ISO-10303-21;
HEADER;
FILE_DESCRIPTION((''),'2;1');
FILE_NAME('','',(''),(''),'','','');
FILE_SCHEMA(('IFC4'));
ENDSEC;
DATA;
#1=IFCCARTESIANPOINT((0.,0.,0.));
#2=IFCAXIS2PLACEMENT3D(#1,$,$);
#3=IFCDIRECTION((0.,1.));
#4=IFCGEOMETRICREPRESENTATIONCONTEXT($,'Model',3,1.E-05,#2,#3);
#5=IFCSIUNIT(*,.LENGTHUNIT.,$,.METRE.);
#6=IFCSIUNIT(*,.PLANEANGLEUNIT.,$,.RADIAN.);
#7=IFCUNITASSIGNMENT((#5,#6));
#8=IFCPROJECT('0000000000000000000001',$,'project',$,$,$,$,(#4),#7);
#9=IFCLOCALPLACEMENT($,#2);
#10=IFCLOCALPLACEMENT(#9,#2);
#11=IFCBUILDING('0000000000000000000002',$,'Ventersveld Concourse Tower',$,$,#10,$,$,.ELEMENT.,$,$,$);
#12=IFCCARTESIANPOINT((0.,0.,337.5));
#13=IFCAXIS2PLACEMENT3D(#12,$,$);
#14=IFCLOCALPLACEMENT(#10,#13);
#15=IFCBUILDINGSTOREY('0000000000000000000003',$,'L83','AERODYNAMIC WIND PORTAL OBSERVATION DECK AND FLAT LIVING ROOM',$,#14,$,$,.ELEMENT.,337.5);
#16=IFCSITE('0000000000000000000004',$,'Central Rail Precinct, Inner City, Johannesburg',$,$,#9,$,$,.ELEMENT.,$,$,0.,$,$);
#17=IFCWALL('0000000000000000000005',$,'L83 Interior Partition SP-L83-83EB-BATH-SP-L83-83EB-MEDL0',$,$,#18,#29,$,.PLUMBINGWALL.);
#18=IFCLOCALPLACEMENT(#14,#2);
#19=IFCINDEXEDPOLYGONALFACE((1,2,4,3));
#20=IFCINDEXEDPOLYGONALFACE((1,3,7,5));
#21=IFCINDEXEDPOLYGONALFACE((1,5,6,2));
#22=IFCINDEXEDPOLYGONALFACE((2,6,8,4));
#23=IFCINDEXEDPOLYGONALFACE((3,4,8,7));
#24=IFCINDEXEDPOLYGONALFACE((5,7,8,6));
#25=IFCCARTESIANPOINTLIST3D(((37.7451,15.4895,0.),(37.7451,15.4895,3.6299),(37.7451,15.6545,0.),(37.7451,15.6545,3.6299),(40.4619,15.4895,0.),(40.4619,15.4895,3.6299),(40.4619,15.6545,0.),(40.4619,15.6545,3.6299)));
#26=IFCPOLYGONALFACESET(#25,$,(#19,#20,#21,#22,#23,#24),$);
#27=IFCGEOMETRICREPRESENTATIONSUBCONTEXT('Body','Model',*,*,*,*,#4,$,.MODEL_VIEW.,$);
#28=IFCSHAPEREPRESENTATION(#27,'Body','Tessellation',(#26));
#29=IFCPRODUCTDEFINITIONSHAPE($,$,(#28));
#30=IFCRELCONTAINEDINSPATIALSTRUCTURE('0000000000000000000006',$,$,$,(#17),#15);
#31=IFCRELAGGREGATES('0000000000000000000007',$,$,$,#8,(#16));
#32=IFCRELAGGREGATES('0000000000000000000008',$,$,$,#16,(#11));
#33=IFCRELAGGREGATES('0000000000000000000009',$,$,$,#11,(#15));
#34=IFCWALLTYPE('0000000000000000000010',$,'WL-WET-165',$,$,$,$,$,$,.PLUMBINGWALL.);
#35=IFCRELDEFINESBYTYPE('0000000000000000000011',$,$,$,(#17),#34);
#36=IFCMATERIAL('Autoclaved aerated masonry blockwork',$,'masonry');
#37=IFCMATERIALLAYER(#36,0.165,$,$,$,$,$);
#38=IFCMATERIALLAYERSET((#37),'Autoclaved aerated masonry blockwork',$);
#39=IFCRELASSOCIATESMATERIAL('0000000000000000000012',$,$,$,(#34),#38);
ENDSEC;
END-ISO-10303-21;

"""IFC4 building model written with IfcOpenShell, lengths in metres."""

from ifc_helpers import new_model, si_unit, direction, frame, frame_2d, origin, place, context, subcontext, project, spatial, rectangle, extrude, material, layer, layer_set, type_object, element, save


model = new_model("IFC4")

# Units and contexts
model_context = context("Model", 3, precision=1e-05, world=origin(), true_north=direction((0.0, 1.0)))
body_context = subcontext(model_context, "Body", "Model", "MODEL_VIEW")
ifc_project = project(units=[si_unit("LENGTHUNIT", "METRE"), si_unit("PLANEANGLEUNIT", "RADIAN")], contexts=[model_context])

# Site, building, storey
site_placement = place(None, origin())
site = spatial("IfcSite", under=ifc_project, at=site_placement, Name="Central Rail Precinct, Inner City, Johannesburg", CompositionType="ELEMENT", RefElevation=0.0)
building_placement = place(site_placement, origin())
building = spatial("IfcBuilding", under=site, at=building_placement, Name="Ventersveld Concourse Tower", CompositionType="ELEMENT")
storey_placement = place(building_placement, frame((0.0, 0.0, 337.5)))
storey = spatial("IfcBuildingStorey", under=building, at=storey_placement, Name="L83", Description="AERODYNAMIC WIND PORTAL OBSERVATION DECK AND FLAT LIVING ROOM", CompositionType="ELEMENT", Elevation=337.5)

# Shared definitions
ifc_material_1 = material(Name="Autoclaved aerated masonry blockwork", Category="masonry")

# Shared definitions
ifc_layer_1 = layer(ifc_material_1, 0.165)
ifc_layer_set_1 = layer_set([ifc_layer_1], Name="Autoclaved aerated masonry blockwork")
wall_type_1 = type_object("IfcWallType", Name="WL-WET-165", PredefinedType="PLUMBINGWALL", material=ifc_layer_set_1)

# Wall
wall_1_placement = place(storey_placement, frame((37.7451, 15.572, 0.0), z_axis=(0.0, 0.0, 1.0), x_axis=(1.0, 0.0, 0.0)))
element("IfcWall", 1, at=wall_1_placement, inside=storey, type_object=wall_type_1, Name="L83 Interior Partition SP-L83-83EB-BATH-SP-L83-83EB-MEDL0", PredefinedType="PLUMBINGWALL", context=body_context, shape_type="SweptSolid", body=[
    extrude(rectangle(XDim=2.7168, YDim=0.165, at=frame_2d((1.3584, 0.0))), origin(), (0.0, 0.0, 1.0), 3.6299),
])

save(model, "model.ifc")
